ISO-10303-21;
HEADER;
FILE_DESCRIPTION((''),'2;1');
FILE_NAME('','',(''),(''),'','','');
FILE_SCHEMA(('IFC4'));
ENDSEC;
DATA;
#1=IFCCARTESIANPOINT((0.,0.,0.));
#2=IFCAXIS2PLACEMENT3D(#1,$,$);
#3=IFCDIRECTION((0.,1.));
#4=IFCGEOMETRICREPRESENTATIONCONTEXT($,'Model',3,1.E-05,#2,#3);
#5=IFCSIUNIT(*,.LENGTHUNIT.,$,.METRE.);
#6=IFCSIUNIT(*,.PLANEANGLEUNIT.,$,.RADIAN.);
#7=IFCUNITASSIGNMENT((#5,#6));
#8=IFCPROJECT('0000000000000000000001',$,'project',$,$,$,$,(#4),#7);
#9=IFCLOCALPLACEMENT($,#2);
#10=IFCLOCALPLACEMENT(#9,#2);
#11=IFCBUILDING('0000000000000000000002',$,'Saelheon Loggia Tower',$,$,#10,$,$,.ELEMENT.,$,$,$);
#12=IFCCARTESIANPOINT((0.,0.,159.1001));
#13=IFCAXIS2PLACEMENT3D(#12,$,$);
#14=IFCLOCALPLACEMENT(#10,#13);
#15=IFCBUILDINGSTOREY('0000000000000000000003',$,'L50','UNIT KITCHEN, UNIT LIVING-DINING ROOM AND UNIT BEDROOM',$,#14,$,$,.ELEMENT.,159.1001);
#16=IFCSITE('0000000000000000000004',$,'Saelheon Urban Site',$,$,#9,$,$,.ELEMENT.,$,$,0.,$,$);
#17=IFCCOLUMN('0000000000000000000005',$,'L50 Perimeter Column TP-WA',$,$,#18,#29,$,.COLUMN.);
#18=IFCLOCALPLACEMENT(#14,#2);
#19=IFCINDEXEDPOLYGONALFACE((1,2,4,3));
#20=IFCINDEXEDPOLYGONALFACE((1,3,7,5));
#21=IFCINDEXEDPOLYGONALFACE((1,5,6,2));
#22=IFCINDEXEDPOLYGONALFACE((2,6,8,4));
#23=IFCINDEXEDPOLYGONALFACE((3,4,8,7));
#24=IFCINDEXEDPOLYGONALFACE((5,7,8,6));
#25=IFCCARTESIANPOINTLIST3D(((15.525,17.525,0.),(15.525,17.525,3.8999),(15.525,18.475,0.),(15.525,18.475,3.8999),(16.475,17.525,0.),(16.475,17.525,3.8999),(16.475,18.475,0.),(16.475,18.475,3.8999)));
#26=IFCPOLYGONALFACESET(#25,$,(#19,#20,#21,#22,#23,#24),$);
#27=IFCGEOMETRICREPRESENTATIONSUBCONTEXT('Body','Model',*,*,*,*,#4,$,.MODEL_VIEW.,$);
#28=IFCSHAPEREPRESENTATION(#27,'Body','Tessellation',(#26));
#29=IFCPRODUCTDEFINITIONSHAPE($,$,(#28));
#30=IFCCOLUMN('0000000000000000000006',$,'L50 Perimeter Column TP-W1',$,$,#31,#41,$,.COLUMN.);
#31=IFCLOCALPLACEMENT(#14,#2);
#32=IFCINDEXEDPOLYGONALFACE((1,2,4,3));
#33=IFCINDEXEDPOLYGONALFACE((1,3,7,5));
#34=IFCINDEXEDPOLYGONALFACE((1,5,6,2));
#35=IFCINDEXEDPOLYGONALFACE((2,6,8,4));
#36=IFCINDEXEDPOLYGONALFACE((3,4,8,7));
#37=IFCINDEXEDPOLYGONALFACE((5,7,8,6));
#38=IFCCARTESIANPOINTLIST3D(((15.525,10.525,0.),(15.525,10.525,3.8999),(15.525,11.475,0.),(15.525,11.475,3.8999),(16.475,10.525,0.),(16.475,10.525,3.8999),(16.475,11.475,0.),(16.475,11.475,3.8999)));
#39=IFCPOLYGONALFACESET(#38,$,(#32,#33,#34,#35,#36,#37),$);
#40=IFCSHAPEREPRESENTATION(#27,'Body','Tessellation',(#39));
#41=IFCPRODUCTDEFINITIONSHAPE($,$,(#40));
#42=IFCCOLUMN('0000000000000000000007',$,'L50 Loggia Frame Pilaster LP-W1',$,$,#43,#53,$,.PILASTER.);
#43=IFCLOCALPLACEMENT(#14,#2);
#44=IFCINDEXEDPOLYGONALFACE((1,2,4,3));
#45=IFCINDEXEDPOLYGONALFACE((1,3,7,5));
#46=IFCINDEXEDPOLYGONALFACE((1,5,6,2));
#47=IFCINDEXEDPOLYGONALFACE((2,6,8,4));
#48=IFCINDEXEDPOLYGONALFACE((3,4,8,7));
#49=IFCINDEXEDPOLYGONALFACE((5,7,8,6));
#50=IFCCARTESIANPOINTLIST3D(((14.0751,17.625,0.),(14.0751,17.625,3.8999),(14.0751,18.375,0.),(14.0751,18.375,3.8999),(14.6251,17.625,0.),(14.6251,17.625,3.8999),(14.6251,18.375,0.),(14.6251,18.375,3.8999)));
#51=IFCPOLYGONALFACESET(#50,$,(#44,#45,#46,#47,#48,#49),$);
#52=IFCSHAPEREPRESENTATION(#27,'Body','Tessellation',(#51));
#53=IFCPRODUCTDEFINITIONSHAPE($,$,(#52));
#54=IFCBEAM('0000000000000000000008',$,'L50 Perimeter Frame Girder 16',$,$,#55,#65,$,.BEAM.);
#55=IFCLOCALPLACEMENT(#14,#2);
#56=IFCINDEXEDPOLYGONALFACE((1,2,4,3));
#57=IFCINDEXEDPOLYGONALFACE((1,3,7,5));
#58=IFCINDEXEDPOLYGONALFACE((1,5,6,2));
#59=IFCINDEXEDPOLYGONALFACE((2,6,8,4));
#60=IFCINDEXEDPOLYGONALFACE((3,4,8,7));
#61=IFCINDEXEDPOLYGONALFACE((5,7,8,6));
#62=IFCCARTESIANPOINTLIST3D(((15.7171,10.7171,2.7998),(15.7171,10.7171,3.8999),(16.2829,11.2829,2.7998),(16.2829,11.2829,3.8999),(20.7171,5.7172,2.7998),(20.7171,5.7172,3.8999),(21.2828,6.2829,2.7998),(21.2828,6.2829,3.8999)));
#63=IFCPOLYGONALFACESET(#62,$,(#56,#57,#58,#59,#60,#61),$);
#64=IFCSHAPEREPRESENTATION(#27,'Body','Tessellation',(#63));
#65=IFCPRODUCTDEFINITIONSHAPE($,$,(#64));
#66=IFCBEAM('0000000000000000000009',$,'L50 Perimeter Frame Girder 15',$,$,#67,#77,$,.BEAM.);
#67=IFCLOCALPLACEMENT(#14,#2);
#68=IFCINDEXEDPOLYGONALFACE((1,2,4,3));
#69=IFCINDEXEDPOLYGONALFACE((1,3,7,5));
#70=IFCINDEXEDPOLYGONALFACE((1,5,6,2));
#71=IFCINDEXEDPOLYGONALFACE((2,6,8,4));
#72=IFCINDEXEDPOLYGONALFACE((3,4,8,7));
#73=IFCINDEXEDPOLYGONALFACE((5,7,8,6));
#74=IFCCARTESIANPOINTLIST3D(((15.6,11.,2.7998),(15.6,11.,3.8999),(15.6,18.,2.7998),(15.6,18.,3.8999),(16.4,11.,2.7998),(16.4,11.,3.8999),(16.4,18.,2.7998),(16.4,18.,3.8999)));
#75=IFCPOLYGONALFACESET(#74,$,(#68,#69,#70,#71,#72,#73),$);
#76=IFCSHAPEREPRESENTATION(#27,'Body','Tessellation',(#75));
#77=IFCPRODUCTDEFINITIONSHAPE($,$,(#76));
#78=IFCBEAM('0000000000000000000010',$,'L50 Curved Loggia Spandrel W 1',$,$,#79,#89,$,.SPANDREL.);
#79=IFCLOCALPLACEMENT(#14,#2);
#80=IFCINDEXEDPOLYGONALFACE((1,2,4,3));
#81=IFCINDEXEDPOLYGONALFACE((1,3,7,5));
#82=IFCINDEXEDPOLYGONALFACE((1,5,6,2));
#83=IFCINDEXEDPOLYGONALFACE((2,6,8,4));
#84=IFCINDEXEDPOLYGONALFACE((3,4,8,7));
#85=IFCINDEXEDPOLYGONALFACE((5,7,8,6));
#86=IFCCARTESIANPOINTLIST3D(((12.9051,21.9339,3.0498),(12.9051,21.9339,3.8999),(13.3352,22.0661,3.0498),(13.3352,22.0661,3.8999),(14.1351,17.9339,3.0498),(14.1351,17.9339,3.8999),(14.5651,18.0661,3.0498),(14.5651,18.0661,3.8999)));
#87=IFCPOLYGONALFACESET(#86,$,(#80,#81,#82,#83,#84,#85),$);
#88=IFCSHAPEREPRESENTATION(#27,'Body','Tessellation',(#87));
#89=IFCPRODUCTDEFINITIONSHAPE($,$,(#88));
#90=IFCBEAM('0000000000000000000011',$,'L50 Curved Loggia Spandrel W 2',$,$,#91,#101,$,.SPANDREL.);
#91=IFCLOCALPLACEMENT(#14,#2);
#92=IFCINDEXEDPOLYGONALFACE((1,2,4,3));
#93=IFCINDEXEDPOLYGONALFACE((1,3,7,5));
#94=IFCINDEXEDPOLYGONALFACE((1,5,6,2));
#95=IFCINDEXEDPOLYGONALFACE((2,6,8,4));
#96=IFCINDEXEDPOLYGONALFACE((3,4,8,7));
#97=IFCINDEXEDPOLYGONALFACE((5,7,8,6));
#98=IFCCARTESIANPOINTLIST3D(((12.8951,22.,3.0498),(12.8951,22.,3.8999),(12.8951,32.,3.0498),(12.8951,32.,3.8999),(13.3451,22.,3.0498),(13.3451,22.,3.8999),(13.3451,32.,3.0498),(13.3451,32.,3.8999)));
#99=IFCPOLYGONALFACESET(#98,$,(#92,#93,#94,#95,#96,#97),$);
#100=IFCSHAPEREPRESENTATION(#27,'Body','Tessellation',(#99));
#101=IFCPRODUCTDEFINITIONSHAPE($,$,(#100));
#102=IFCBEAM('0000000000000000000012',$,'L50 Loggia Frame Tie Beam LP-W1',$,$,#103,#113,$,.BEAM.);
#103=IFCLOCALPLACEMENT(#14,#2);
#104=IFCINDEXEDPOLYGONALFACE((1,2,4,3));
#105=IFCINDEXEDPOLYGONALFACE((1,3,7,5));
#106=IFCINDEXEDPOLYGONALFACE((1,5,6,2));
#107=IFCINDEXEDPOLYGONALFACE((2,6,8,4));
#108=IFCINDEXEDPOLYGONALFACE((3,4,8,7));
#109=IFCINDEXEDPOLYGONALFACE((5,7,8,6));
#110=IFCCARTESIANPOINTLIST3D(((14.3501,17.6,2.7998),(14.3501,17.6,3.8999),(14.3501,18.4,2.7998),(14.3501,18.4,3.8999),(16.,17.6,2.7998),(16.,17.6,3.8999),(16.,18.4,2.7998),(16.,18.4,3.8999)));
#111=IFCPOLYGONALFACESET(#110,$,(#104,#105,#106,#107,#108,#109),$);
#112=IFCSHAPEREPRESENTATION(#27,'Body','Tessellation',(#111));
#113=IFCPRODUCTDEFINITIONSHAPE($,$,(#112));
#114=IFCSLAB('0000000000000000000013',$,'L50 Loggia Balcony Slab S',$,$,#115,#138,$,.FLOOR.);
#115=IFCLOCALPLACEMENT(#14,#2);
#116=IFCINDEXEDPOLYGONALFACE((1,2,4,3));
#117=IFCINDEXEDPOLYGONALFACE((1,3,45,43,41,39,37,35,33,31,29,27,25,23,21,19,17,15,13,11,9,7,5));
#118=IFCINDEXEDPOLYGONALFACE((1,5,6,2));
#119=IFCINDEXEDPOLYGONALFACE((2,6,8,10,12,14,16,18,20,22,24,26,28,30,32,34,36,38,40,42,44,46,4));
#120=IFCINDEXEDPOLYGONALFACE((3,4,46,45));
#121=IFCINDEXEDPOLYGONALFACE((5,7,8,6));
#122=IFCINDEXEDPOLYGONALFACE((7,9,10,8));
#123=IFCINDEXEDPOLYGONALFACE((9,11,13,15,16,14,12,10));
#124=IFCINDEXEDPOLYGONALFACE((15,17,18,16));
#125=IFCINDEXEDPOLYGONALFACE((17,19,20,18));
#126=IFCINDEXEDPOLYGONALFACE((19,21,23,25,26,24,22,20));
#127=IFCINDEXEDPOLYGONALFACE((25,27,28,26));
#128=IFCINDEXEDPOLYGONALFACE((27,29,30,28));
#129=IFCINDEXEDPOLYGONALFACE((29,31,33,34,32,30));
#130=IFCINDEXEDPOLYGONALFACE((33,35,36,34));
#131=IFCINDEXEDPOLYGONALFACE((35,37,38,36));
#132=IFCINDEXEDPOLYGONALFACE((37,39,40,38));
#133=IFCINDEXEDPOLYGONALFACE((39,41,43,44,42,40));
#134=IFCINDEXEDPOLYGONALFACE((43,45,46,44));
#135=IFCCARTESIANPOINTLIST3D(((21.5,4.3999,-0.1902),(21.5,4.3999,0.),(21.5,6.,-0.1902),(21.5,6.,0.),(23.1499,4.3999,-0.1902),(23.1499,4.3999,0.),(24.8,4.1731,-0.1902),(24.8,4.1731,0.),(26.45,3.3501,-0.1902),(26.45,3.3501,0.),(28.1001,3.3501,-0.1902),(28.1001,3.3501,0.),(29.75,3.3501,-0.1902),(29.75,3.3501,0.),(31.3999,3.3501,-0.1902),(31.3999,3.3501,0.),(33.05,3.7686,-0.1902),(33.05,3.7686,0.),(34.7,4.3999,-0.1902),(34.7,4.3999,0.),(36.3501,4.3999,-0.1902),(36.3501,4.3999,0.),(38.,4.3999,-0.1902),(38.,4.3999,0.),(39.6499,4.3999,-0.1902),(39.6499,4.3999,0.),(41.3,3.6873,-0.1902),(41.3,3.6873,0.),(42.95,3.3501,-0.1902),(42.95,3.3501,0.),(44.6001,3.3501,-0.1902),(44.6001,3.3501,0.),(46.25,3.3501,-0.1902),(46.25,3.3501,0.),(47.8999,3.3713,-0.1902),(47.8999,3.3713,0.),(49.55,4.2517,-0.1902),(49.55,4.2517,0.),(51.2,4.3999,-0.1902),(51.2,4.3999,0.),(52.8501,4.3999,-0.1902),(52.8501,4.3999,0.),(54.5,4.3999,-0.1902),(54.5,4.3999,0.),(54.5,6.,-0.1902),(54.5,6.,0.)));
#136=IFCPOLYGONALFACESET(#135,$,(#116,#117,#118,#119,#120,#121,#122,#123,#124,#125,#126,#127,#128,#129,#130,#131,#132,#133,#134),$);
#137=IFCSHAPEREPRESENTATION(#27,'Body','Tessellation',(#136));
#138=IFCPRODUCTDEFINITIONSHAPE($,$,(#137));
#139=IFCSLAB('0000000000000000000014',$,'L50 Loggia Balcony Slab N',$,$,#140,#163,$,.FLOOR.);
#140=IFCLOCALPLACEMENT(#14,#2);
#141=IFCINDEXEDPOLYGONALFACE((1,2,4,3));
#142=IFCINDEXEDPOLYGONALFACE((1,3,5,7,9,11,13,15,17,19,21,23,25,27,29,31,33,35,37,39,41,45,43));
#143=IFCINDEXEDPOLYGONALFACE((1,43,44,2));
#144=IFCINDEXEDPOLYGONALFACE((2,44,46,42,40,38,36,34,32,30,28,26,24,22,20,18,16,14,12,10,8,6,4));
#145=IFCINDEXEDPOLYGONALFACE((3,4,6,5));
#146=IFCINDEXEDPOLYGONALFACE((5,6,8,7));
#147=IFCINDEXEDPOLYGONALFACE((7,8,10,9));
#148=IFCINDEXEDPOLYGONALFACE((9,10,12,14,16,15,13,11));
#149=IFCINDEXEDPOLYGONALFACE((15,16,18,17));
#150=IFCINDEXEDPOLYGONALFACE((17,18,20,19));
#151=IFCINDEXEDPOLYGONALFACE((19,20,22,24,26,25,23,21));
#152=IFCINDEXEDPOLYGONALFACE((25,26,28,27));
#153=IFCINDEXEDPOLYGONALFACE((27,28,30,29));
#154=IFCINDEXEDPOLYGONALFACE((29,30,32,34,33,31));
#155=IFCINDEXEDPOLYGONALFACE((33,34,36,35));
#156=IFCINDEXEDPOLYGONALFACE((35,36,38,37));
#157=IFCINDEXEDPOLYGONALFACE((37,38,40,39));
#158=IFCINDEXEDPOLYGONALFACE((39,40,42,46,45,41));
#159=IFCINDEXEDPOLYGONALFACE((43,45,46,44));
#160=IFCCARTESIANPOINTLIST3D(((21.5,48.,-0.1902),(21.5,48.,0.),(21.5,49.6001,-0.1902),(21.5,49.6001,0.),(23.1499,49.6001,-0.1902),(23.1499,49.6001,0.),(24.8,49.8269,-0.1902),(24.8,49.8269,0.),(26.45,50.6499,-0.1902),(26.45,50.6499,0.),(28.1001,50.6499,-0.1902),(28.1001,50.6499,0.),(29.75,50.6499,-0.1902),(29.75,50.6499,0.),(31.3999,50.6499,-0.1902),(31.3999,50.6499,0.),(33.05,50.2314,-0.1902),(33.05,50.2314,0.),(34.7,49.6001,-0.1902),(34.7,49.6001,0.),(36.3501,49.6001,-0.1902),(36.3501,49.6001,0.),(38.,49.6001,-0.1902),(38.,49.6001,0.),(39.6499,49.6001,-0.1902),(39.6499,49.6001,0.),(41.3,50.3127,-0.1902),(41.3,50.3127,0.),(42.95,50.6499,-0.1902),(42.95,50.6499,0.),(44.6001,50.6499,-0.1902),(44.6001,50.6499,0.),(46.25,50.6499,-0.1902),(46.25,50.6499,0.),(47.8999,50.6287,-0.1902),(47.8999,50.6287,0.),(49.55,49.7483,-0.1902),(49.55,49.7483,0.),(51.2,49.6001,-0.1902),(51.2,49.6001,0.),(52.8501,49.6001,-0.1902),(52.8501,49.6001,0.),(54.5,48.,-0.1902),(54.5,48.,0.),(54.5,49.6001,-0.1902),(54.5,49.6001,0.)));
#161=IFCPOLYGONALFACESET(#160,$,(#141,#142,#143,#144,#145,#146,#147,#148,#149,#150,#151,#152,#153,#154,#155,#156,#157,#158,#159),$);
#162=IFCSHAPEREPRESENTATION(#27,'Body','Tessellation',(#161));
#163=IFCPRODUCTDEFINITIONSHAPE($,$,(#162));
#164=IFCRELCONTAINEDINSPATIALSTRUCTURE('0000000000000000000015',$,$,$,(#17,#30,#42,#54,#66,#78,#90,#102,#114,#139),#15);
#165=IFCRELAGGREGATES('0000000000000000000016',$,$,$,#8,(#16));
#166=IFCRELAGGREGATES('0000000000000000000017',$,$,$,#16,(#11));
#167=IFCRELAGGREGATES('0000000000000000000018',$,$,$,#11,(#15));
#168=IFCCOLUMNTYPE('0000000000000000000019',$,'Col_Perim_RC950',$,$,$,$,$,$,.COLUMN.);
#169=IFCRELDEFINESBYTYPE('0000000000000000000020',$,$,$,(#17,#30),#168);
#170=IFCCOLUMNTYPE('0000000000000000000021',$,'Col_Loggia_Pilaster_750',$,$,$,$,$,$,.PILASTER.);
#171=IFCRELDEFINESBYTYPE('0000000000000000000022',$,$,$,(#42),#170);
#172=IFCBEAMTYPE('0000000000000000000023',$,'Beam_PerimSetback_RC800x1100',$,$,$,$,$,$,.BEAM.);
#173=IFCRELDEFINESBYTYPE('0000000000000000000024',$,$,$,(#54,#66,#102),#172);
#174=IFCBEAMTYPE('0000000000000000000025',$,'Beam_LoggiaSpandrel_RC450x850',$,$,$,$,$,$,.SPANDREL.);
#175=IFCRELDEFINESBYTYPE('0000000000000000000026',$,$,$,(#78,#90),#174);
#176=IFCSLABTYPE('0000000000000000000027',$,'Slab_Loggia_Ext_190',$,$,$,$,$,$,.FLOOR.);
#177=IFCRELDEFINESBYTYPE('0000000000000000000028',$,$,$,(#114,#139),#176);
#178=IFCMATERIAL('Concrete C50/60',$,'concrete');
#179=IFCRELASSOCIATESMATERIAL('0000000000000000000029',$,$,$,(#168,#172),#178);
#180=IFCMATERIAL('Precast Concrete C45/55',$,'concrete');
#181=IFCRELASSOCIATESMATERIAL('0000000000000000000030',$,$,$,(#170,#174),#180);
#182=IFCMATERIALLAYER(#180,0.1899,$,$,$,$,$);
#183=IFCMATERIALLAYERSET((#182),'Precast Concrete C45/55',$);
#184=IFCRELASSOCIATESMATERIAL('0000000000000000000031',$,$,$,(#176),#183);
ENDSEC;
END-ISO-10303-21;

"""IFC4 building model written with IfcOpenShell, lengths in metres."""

from ifc_helpers import new_model, si_unit, direction, frame, origin, origin_2d, place, context, subcontext, project, spatial, polyline, rectangle, outline, extrude, source, transform, mapped, material, layer, layer_set, material_profile, profile_set, type_object, element, save


model = new_model("IFC4")

# Units and contexts
model_context = context("Model", 3, precision=1e-05, world=origin(), true_north=direction((0.0, 1.0)))
body_context = subcontext(model_context, "Body", "Model", "MODEL_VIEW")
ifc_project = project(units=[si_unit("LENGTHUNIT", "METRE"), si_unit("PLANEANGLEUNIT", "RADIAN")], contexts=[model_context])

# Site, building, storey
site_placement = place(None, origin())
site = spatial("IfcSite", under=ifc_project, at=site_placement, Name="Saelheon Urban Site", CompositionType="ELEMENT", RefElevation=0.0)
building_placement = place(site_placement, origin())
building = spatial("IfcBuilding", under=site, at=building_placement, Name="Saelheon Loggia Tower", CompositionType="ELEMENT")
storey_placement = place(building_placement, frame((0.0, 0.0, 159.1001)))
storey = spatial("IfcBuildingStorey", under=building, at=storey_placement, Name="L50", Description="UNIT KITCHEN, UNIT LIVING-DINING ROOM AND UNIT BEDROOM", CompositionType="ELEMENT", Elevation=159.1001)

# Columns
ifc_material_1 = material(Name="Concrete C50/60", Category="concrete")
ifc_material_profile_1 = material_profile(ifc_material_1, rectangle(XDim=0.95, YDim=0.95, at=origin_2d()), Name="RC-950x950")
ifc_profile_set_1 = profile_set([ifc_material_profile_1], Name="Concrete C50/60")
column_type_1 = type_object("IfcColumnType", Name="Col_Perim_RC950", PredefinedType="COLUMN", material=ifc_profile_set_1)
shared_shape_1 = source(origin(), body_context, "Body", "SweptSolid", [
    extrude(rectangle(XDim=0.95, YDim=0.95, at=origin_2d()), origin(), (0.0, 0.0, 1.0), 3.8999),
])
for number, where, z_axis, x_axis, name in (
    (1, (16.0, 18.0, 0.0), (0.0, 0.0, 1.0), (1.0, 0.0, 0.0), "L50 Perimeter Column TP-WA"),
    (2, (16.0, 11.0, 0.0), (0.0, 0.0, 1.0), (1.0, 0.0, 0.0), "L50 Perimeter Column TP-W1"),
):
    element("IfcColumn", number, at=place(storey_placement, frame(where, z_axis=z_axis, x_axis=x_axis)), inside=storey, type_object=column_type_1, Name=name, PredefinedType="COLUMN", context=body_context, shape_type="MappedRepresentation", body=[
        mapped(shared_shape_1, transform((0.0, 0.0, 0.0), scale=1.0)),
    ])
ifc_material_2 = material(Name="Precast Concrete C45/55", Category="concrete")
ifc_material_profile_2 = material_profile(ifc_material_2, rectangle(XDim=0.55, YDim=0.75, at=origin_2d()), Name="RC-550x750")
ifc_profile_set_2 = profile_set([ifc_material_profile_2], Name="Precast Concrete C45/55")
column_type_2 = type_object("IfcColumnType", Name="Col_Loggia_Pilaster_750", PredefinedType="PILASTER", material=ifc_profile_set_2)
shared_shape_2 = source(origin(), body_context, "Body", "SweptSolid", [
    extrude(rectangle(XDim=0.55, YDim=0.75, at=origin_2d()), origin(), (0.0, 0.0, 1.0), 3.8999),
])
column_placement = place(storey_placement, frame((14.3501, 18.0, 0.0), z_axis=(0.0, 0.0, 1.0), x_axis=(1.0, 0.0, 0.0)))
element("IfcColumn", 3, at=column_placement, inside=storey, type_object=column_type_2, Name="L50 Loggia Frame Pilaster LP-W1", PredefinedType="PILASTER", context=body_context, shape_type="MappedRepresentation", body=[
    mapped(shared_shape_2, transform((0.0, 0.0, 0.0), scale=1.0)),
])

# Beams
ifc_material_profile_3 = material_profile(ifc_material_1, rectangle(XDim=0.8, YDim=1.1001, at=origin_2d()), Name="RC-800x1100")
ifc_profile_set_3 = profile_set([ifc_material_profile_3], Name="Concrete C50/60")
beam_type_1 = type_object("IfcBeamType", Name="Beam_PerimSetback_RC800x1100", PredefinedType="BEAM", material=ifc_profile_set_3)
shared_shape_3 = source(origin(), body_context, "Body", "SweptSolid", [
    extrude(rectangle(XDim=0.8, YDim=1.1001, at=origin_2d()), origin(), (0.0, 0.0, 1.0), 7.071),
])
beam_1_placement = place(storey_placement, frame((16.0, 11.0, 3.3499), z_axis=(0.707107, -0.707107, 0.0), x_axis=(0.707107, 0.707107, 0.0)))
element("IfcBeam", 4, at=beam_1_placement, inside=storey, type_object=beam_type_1, Name="L50 Perimeter Frame Girder 16", PredefinedType="BEAM", context=body_context, shape_type="MappedRepresentation", body=[
    mapped(shared_shape_3, transform((0.0, 0.0, 0.0), scale=1.0)),
])
shared_shape_4 = source(origin(), body_context, "Body", "SweptSolid", [
    extrude(rectangle(XDim=0.8, YDim=1.1001, at=origin_2d()), origin(), (0.0, 0.0, 1.0), 7.0),
])
beam_2_placement = place(storey_placement, frame((16.0, 18.0, 3.3499), z_axis=(0.0, -1.0, 0.0), x_axis=(1.0, 0.0, 0.0)))
element("IfcBeam", 5, at=beam_2_placement, inside=storey, type_object=beam_type_1, Name="L50 Perimeter Frame Girder 15", PredefinedType="BEAM", context=body_context, shape_type="MappedRepresentation", body=[
    mapped(shared_shape_4, transform((0.0, 0.0, 0.0), scale=1.0)),
])
ifc_material_profile_4 = material_profile(ifc_material_2, rectangle(XDim=0.45, YDim=0.8501, at=origin_2d()), Name="RC-450x850")
ifc_profile_set_4 = profile_set([ifc_material_profile_4], Name="Precast Concrete C45/55")
beam_type_2 = type_object("IfcBeamType", Name="Beam_LoggiaSpandrel_RC450x850", PredefinedType="SPANDREL", material=ifc_profile_set_4)
shared_shape_5 = source(origin(), body_context, "Body", "SweptSolid", [
    extrude(rectangle(XDim=0.45, YDim=0.8501, at=origin_2d()), origin(), (0.0, 0.0, 1.0), 4.1848),
])
beam_3_placement = place(storey_placement, frame((14.3501, 18.0, 3.4749), z_axis=(-0.293914, 0.955832, 0.0), x_axis=(-0.955832, -0.293914, 0.0)))
element("IfcBeam", 6, at=beam_3_placement, inside=storey, type_object=beam_type_2, Name="L50 Curved Loggia Spandrel W 1", PredefinedType="SPANDREL", context=body_context, shape_type="MappedRepresentation", body=[
    mapped(shared_shape_5, transform((0.0, 0.0, 0.0), scale=1.0)),
])
shared_shape_6 = source(origin(), body_context, "Body", "SweptSolid", [
    extrude(rectangle(XDim=0.45, YDim=0.8501, at=origin_2d()), origin(), (0.0, 0.0, 1.0), 10.0),
])
beam_4_placement = place(storey_placement, frame((13.1201, 22.0, 3.4749), z_axis=(0.0, 1.0, 0.0), x_axis=(-1.0, 0.0, 0.0)))
element("IfcBeam", 7, at=beam_4_placement, inside=storey, type_object=beam_type_2, Name="L50 Curved Loggia Spandrel W 2", PredefinedType="SPANDREL", context=body_context, shape_type="MappedRepresentation", body=[
    mapped(shared_shape_6, transform((0.0, 0.0, 0.0), scale=1.0)),
])
shared_shape_7 = source(origin(), body_context, "Body", "SweptSolid", [
    extrude(rectangle(XDim=0.8, YDim=1.1001, at=origin_2d()), origin(), (0.0, 0.0, 1.0), 1.6499),
])
beam_5_placement = place(storey_placement, frame((16.0, 18.0, 3.3499), z_axis=(-1.0, 0.0, 0.0), x_axis=(0.0, -1.0, 0.0)))
element("IfcBeam", 8, at=beam_5_placement, inside=storey, type_object=beam_type_1, Name="L50 Loggia Frame Tie Beam LP-W1", PredefinedType="BEAM", context=body_context, shape_type="MappedRepresentation", body=[
    mapped(shared_shape_7, transform((0.0, 0.0, 0.0), scale=1.0)),
])

# Slabs
ifc_layer_1 = layer(ifc_material_2, 0.1899)
ifc_layer_set_1 = layer_set([ifc_layer_1], Name="Precast Concrete C45/55")
slab_type_1 = type_object("IfcSlabType", Name="Slab_Loggia_Ext_190", PredefinedType="FLOOR", material=ifc_layer_set_1)
slab_1_placement = place(storey_placement, frame((0.0, 0.0, -0.1902)))
element("IfcSlab", 9, at=slab_1_placement, inside=storey, type_object=slab_type_1, Name="L50 Loggia Balcony Slab S", PredefinedType="FLOOR", context=body_context, shape_type="SweptSolid", body=[
    extrude(outline(polyline([(21.5, 4.3999), (23.1499, 4.3999), (24.8, 4.1731), (26.45, 3.3501), (28.1001, 3.3501), (29.75, 3.3501), (31.3999, 3.3501), (33.05, 3.7686), (34.7, 4.3999), (36.3501, 4.3999), (38.0, 4.3999), (39.6499, 4.3999), (41.3, 3.6873), (42.95, 3.3501), (44.6001, 3.3501), (46.25, 3.3501), (47.8999, 3.3713), (49.55, 4.2517), (51.2, 4.3999), (52.8501, 4.3999), (54.5, 4.3999), (54.5, 6.0), (21.5, 6.0), (21.5, 4.3999)])), origin(), (0.0, 0.0, 1.0), 0.1902),
])
slab_2_placement = place(storey_placement, frame((0.0, 0.0, -0.1902)))
element("IfcSlab", 10, at=slab_2_placement, inside=storey, type_object=slab_type_1, Name="L50 Loggia Balcony Slab N", PredefinedType="FLOOR", context=body_context, shape_type="SweptSolid", body=[
    extrude(outline(polyline([(21.5, 48.0), (54.5, 48.0), (54.5, 49.6001), (52.8501, 49.6001), (51.2, 49.6001), (49.55, 49.7483), (47.8999, 50.6287), (46.25, 50.6499), (44.6001, 50.6499), (42.95, 50.6499), (41.3, 50.3127), (39.6499, 49.6001), (38.0, 49.6001), (36.3501, 49.6001), (34.7, 49.6001), (33.05, 50.2314), (31.3999, 50.6499), (29.75, 50.6499), (28.1001, 50.6499), (26.45, 50.6499), (24.8, 49.8269), (23.1499, 49.6001), (21.5, 49.6001), (21.5, 48.0)])), origin(), (0.0, 0.0, 1.0), 0.1902),
])

save(model, "model.ifc")
